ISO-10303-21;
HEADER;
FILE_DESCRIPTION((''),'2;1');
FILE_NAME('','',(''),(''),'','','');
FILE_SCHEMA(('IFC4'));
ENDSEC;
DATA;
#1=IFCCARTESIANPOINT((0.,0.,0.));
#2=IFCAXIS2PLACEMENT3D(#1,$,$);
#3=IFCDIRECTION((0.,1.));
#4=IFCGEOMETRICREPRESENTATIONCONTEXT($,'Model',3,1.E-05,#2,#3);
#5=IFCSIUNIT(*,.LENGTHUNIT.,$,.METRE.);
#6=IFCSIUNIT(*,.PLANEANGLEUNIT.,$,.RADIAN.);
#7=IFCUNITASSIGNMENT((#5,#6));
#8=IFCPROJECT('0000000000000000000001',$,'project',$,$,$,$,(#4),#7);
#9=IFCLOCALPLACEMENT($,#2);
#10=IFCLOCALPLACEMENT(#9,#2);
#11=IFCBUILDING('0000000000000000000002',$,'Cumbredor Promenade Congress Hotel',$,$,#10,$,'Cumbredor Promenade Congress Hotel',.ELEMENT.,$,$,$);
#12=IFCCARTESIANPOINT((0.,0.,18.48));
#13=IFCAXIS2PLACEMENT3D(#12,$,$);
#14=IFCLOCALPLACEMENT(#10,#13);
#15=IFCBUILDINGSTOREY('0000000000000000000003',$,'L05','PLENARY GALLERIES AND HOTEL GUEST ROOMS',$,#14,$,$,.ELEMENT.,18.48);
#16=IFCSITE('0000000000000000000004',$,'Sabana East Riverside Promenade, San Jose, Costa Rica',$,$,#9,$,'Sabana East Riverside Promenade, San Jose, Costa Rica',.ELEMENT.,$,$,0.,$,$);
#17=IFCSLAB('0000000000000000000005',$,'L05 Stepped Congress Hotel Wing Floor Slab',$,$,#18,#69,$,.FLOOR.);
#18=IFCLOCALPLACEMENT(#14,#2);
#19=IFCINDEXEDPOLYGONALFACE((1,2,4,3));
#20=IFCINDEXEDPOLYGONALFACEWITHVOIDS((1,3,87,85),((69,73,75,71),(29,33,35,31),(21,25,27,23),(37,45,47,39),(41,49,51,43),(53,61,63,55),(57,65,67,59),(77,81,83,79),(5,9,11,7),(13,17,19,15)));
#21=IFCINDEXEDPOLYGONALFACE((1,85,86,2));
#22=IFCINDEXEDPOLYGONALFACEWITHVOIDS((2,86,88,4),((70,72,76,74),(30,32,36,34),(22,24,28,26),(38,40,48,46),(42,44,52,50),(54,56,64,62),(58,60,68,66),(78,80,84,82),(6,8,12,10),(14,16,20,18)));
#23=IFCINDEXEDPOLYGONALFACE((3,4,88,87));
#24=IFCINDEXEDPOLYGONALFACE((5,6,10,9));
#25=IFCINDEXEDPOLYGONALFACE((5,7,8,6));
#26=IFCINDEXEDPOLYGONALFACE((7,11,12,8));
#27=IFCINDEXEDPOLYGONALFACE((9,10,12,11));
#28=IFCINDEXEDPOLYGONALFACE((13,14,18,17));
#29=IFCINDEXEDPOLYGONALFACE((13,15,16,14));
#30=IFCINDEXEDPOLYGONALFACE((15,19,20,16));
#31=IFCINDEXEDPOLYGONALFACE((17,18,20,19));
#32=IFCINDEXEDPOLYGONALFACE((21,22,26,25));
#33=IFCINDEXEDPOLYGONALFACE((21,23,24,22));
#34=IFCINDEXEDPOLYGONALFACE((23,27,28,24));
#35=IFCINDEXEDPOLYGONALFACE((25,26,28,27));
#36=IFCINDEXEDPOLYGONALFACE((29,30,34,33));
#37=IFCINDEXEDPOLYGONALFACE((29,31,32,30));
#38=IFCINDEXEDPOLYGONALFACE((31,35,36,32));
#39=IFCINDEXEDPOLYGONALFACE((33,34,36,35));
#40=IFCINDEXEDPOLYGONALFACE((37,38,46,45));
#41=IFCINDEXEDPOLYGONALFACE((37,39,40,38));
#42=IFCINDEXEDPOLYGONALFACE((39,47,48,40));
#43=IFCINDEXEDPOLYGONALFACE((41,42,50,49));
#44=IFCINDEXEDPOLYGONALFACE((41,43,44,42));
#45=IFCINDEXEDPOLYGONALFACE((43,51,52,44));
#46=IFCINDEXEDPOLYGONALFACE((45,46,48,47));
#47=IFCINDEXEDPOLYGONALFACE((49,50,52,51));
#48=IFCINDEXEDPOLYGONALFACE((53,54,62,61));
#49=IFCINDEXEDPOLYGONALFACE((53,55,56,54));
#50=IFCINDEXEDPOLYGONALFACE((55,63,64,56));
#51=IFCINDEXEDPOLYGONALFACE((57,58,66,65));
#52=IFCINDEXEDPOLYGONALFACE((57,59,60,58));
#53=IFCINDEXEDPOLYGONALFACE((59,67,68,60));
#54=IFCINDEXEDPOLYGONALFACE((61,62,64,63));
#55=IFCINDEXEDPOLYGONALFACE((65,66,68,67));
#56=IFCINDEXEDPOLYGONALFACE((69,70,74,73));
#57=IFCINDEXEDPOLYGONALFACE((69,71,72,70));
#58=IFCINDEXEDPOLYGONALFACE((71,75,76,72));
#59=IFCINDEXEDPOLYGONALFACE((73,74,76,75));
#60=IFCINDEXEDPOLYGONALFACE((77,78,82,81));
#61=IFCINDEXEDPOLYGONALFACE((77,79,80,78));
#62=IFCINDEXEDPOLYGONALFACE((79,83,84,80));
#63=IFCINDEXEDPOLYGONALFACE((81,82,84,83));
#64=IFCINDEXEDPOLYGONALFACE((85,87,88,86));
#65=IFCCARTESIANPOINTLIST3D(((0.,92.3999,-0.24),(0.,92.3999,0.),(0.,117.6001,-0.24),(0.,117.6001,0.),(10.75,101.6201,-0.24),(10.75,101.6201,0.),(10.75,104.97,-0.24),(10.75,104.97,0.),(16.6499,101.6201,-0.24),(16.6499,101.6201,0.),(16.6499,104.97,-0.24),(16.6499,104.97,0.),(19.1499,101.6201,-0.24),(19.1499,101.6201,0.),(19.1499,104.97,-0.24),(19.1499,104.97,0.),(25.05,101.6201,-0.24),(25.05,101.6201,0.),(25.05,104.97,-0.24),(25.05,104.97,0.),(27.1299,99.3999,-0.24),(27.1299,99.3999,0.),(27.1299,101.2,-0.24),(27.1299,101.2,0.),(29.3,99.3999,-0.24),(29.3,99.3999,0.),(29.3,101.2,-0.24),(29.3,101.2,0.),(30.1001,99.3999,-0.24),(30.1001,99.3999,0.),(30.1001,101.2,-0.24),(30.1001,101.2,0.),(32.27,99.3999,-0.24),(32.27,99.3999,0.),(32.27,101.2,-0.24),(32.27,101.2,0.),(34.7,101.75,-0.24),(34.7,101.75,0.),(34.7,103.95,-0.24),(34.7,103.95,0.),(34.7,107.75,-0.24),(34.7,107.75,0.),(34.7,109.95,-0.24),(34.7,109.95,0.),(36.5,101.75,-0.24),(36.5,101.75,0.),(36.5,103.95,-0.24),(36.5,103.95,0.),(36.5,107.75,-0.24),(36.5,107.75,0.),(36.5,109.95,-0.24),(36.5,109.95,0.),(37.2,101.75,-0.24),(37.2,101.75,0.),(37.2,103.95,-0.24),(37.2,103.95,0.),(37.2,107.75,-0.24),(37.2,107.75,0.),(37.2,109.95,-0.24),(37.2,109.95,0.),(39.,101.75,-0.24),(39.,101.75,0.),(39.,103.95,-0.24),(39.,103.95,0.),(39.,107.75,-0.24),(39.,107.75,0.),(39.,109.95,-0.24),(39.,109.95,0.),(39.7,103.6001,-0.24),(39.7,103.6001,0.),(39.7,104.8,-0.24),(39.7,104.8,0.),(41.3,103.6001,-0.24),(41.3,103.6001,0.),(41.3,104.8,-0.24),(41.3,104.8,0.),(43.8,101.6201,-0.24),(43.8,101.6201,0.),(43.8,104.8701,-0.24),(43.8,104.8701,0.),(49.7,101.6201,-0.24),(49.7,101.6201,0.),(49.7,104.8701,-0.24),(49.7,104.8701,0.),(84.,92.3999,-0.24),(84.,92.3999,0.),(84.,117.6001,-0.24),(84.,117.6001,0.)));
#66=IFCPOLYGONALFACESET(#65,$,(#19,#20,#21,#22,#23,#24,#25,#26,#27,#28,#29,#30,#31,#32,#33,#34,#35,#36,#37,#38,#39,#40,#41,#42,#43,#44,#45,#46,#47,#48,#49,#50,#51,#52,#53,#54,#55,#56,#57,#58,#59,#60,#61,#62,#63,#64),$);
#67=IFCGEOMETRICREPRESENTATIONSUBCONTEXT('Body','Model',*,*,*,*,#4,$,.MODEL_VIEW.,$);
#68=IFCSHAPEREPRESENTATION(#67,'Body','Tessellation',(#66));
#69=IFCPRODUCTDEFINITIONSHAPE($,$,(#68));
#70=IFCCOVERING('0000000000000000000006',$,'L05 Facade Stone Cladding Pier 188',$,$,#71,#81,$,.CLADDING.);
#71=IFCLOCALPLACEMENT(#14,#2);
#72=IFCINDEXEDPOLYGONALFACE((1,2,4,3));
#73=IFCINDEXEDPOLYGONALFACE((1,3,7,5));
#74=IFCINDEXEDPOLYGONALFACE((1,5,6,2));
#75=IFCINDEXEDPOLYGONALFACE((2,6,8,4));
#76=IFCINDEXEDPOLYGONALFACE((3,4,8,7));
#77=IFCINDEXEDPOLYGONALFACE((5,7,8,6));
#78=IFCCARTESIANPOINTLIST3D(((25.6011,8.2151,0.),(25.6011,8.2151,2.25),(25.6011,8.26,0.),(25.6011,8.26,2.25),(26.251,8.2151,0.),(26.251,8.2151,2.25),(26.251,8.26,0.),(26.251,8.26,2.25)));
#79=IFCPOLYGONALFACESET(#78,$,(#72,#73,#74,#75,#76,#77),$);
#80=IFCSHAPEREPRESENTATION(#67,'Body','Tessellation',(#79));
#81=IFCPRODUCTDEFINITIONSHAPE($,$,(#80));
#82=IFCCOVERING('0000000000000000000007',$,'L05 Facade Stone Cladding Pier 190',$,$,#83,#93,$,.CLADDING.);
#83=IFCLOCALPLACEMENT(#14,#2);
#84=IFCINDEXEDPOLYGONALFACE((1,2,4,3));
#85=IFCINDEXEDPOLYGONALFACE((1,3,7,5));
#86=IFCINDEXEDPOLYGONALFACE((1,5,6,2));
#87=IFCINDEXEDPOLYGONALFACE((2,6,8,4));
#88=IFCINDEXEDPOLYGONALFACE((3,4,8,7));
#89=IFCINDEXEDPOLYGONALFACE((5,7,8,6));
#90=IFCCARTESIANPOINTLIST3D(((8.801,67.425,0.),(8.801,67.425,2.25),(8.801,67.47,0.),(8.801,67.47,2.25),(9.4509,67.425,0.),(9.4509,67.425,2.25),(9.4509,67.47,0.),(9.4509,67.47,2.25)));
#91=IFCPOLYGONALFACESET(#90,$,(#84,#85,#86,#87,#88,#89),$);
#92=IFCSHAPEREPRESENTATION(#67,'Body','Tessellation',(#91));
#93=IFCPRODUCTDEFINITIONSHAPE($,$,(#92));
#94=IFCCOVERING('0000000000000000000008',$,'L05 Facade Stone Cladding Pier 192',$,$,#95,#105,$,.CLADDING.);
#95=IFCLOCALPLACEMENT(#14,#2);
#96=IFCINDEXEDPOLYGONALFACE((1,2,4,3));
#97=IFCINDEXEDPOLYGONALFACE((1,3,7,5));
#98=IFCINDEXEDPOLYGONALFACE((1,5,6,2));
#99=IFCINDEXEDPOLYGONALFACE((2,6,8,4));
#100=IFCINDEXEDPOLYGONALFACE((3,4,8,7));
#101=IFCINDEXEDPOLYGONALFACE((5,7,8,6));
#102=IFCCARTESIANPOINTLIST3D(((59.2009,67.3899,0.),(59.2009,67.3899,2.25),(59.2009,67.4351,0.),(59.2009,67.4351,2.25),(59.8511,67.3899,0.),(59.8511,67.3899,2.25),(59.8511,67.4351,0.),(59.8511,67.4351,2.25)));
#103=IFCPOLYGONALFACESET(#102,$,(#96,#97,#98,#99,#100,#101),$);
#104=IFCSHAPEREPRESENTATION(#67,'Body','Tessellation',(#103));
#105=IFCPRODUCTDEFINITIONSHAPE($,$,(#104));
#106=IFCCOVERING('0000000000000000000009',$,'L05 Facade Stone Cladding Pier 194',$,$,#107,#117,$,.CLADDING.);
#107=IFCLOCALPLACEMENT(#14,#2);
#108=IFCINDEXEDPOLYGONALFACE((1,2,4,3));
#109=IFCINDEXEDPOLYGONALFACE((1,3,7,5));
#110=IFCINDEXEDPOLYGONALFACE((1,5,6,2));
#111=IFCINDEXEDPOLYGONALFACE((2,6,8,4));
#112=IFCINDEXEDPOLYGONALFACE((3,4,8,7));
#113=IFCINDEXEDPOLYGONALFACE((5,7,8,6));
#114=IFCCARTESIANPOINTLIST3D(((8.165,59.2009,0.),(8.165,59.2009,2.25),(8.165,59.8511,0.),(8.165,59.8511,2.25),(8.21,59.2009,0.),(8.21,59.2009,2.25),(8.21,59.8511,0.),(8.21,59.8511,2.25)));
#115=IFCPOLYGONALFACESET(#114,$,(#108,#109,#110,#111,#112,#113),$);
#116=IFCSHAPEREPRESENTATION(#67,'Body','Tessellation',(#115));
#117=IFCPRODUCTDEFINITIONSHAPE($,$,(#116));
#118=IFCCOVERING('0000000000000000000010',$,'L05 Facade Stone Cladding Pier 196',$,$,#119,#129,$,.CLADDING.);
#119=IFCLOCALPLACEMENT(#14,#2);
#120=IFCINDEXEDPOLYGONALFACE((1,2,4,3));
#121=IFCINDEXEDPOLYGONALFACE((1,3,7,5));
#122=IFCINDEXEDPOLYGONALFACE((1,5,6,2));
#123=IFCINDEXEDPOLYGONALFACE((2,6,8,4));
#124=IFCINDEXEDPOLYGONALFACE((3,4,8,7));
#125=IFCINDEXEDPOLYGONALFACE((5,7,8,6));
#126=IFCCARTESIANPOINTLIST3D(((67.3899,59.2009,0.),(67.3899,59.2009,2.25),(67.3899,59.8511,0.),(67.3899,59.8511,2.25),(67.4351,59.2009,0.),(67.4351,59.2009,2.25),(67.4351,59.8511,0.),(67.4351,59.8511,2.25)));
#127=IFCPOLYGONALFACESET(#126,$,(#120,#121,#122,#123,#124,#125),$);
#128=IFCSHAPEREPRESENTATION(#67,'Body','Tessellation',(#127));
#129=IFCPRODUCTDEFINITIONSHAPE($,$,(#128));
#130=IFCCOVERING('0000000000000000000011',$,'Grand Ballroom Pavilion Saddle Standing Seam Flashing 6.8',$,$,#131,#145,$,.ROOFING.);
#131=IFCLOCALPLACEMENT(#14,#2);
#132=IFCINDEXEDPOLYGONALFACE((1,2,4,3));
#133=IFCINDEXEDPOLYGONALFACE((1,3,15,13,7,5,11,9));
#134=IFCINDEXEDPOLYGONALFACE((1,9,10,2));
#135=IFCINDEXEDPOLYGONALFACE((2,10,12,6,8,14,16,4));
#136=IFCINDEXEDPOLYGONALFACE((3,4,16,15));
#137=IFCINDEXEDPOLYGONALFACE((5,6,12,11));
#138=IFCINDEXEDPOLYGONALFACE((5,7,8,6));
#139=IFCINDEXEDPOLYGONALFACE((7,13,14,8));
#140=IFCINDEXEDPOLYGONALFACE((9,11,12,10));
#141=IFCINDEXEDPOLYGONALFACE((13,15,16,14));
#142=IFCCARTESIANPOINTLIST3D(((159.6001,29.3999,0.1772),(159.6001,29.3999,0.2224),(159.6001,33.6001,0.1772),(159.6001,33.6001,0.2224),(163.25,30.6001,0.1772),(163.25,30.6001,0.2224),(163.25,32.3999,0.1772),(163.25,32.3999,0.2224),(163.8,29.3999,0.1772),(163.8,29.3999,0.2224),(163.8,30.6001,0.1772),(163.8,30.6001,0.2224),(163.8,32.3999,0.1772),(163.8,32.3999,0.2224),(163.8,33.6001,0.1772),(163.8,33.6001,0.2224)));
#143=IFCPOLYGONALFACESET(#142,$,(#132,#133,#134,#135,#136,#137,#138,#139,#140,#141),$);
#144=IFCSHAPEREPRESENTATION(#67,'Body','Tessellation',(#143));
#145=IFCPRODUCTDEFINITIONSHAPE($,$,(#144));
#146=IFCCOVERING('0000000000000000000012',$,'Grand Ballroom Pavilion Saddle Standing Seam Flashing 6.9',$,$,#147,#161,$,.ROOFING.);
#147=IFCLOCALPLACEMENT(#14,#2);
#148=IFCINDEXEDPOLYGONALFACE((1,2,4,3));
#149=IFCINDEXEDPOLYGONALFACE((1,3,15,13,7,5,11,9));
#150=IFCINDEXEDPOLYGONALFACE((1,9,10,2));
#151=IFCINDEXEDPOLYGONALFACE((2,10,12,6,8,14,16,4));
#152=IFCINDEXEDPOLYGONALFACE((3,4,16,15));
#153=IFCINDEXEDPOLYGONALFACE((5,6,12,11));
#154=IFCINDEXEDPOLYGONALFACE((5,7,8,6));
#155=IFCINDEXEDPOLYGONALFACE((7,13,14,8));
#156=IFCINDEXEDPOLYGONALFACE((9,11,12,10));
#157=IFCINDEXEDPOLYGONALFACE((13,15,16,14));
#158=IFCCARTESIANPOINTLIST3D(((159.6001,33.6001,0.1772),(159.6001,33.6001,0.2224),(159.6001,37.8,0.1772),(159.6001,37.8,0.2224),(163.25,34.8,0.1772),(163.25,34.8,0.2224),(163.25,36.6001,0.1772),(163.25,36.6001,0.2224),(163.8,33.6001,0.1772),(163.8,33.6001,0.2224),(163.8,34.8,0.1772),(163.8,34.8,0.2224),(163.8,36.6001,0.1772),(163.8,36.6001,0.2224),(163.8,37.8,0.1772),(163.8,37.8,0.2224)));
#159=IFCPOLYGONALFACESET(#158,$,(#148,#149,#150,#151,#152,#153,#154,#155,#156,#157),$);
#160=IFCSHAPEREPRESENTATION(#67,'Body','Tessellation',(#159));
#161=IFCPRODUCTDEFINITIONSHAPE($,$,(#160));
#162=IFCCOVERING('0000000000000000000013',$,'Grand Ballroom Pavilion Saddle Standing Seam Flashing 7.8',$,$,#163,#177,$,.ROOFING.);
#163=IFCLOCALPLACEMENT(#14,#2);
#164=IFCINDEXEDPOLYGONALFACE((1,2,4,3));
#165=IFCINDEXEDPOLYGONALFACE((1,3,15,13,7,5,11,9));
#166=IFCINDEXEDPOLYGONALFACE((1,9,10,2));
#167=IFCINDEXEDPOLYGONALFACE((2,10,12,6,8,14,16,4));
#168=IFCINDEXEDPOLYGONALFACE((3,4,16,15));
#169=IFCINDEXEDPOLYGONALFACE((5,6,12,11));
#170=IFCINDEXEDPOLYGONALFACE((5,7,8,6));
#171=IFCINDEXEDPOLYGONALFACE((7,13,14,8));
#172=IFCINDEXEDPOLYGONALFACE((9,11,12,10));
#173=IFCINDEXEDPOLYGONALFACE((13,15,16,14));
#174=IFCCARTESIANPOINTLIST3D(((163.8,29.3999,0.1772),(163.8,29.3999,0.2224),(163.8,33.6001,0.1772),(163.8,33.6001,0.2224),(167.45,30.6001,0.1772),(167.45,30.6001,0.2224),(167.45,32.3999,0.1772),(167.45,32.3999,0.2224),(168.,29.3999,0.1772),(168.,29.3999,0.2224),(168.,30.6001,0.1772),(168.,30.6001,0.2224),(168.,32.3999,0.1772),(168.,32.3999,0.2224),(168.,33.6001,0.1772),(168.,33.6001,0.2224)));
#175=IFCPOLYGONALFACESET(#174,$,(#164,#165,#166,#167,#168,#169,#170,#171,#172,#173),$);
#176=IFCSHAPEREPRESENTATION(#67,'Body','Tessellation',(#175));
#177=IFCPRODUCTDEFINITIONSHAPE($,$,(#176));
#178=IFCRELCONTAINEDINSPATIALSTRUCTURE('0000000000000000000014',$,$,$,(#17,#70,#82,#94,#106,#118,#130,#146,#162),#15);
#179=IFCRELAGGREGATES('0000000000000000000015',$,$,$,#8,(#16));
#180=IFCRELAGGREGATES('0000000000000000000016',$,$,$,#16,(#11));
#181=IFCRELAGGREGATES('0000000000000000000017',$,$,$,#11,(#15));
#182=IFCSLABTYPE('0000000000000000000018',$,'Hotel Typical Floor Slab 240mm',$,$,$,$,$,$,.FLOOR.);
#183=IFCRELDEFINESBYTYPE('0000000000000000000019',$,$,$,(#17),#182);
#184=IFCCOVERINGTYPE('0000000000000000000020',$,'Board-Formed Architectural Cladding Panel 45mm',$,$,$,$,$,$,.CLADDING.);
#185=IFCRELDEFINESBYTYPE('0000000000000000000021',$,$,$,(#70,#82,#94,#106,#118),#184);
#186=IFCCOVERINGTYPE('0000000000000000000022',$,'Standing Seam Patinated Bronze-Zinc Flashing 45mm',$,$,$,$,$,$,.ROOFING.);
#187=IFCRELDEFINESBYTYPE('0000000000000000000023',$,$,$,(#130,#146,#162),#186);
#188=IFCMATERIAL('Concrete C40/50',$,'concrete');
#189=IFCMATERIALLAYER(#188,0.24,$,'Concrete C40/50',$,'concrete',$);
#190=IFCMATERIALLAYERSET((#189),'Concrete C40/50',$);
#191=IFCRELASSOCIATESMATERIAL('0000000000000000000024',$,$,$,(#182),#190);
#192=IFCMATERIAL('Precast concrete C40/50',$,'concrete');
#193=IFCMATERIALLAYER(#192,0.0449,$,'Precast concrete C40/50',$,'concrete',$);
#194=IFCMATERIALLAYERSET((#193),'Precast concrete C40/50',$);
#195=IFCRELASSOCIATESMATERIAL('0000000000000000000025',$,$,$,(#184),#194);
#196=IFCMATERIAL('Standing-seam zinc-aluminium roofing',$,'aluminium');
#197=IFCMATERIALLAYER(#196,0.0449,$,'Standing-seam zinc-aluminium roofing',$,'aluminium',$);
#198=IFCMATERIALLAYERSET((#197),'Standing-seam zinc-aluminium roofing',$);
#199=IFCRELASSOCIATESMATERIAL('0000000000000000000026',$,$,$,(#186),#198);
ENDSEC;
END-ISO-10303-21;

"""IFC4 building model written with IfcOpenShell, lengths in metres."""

from ifc_helpers import new_model, si_unit, direction, frame, origin, place, context, subcontext, project, spatial, polyline, outline, extrude, material, layer, layer_set, type_object, element, save


model = new_model("IFC4")

# Units and contexts
model_context = context("Model", 3, precision=1e-05, world=origin(), true_north=direction((0.0, 1.0)))
body_context = subcontext(model_context, "Body", "Model", "MODEL_VIEW")
ifc_project = project(units=[si_unit("LENGTHUNIT", "METRE"), si_unit("PLANEANGLEUNIT", "RADIAN")], contexts=[model_context])

# Site, building, storey
site_placement = place(None, origin())
site = spatial("IfcSite", under=ifc_project, at=site_placement, Name="Sabana East Riverside Promenade, San Jose, Costa Rica", LongName="Sabana East Riverside Promenade, San Jose, Costa Rica", CompositionType="ELEMENT", RefElevation=0.0)
building_placement = place(site_placement, origin())
building = spatial("IfcBuilding", under=site, at=building_placement, Name="Cumbredor Promenade Congress Hotel", LongName="Cumbredor Promenade Congress Hotel", CompositionType="ELEMENT")
storey_placement = place(building_placement, frame((0.0, 0.0, 18.48)))
storey = spatial("IfcBuildingStorey", under=building, at=storey_placement, Name="L05", Description="PLENARY GALLERIES AND HOTEL GUEST ROOMS", CompositionType="ELEMENT", Elevation=18.48)

# Slab
ifc_material_1 = material(Name="Concrete C40/50", Category="concrete")
ifc_layer_1 = layer(ifc_material_1, 0.24, Name="Concrete C40/50", Category="concrete")
ifc_layer_set_1 = layer_set([ifc_layer_1], Name="Concrete C40/50")
slab_type_1 = type_object("IfcSlabType", Name="Hotel Typical Floor Slab 240mm", PredefinedType="FLOOR", material=ifc_layer_set_1)
slab_1_placement = place(storey_placement, frame((0.0, 0.0, -0.24)))
element("IfcSlab", 1, at=slab_1_placement, inside=storey, type_object=slab_type_1, Name="L05 Stepped Congress Hotel Wing Floor Slab", PredefinedType="FLOOR", context=body_context, shape_type="SweptSolid", body=[
    extrude(outline(polyline([(0.0, 92.3999), (84.0, 92.3999), (84.0, 117.6001), (0.0, 117.6001), (0.0, 92.3999)]), holes=[polyline([(10.75, 101.6201), (16.6499, 101.6201), (16.6499, 104.97), (10.75, 104.97), (10.75, 101.6201)]), polyline([(19.1499, 101.6201), (25.05, 101.6201), (25.05, 104.97), (19.1499, 104.97), (19.1499, 101.6201)]), polyline([(43.8, 101.6201), (49.7, 101.6201), (49.7, 104.8701), (43.8, 104.8701), (43.8, 101.6201)]), polyline([(27.1299, 99.3999), (29.3, 99.3999), (29.3, 101.2), (27.1299, 101.2), (27.1299, 99.3999)]), polyline([(30.1001, 99.3999), (32.27, 99.3999), (32.27, 101.2), (30.1001, 101.2), (30.1001, 99.3999)]), polyline([(34.7, 107.75), (36.5, 107.75), (36.5, 109.95), (34.7, 109.95), (34.7, 107.75)]), polyline([(37.2, 107.75), (39.0, 107.75), (39.0, 109.95), (37.2, 109.95), (37.2, 107.75)]), polyline([(34.7, 101.75), (36.5, 101.75), (36.5, 103.95), (34.7, 103.95), (34.7, 101.75)]), polyline([(37.2, 101.75), (39.0, 101.75), (39.0, 103.95), (37.2, 103.95), (37.2, 101.75)]), polyline([(39.7, 103.6001), (41.3, 103.6001), (41.3, 104.8), (39.7, 104.8), (39.7, 103.6001)])]), origin(), (0.0, 0.0, 1.0), 0.24),
])

# Coverings
ifc_material_2 = material(Name="Precast concrete C40/50", Category="concrete")
ifc_layer_2 = layer(ifc_material_2, 0.0449, Name="Precast concrete C40/50", Category="concrete")
ifc_layer_set_2 = layer_set([ifc_layer_2], Name="Precast concrete C40/50")
covering_type_1 = type_object("IfcCoveringType", Name="Board-Formed Architectural Cladding Panel 45mm", PredefinedType="CLADDING", material=ifc_layer_set_2)
covering_1_placement = place(storey_placement, origin())
element("IfcCovering", 2, at=covering_1_placement, inside=storey, type_object=covering_type_1, Name="L05 Facade Stone Cladding Pier 188", PredefinedType="CLADDING", context=body_context, shape_type="SweptSolid", body=[
    extrude(outline(polyline([(25.6011, 8.26), (26.251, 8.26), (26.251, 8.2151), (25.6011, 8.2151), (25.6011, 8.26)])), origin(), (0.0, 0.0, 1.0), 2.25),
])
covering_2_placement = place(storey_placement, origin())
element("IfcCovering", 3, at=covering_2_placement, inside=storey, type_object=covering_type_1, Name="L05 Facade Stone Cladding Pier 190", PredefinedType="CLADDING", context=body_context, shape_type="SweptSolid", body=[
    extrude(outline(polyline([(8.801, 67.425), (9.4509, 67.425), (9.4509, 67.47), (8.801, 67.47), (8.801, 67.425)])), origin(), (0.0, 0.0, 1.0), 2.25),
])
covering_3_placement = place(storey_placement, origin())
element("IfcCovering", 4, at=covering_3_placement, inside=storey, type_object=covering_type_1, Name="L05 Facade Stone Cladding Pier 192", PredefinedType="CLADDING", context=body_context, shape_type="SweptSolid", body=[
    extrude(outline(polyline([(59.2009, 67.3899), (59.8511, 67.3899), (59.8511, 67.4351), (59.2009, 67.4351), (59.2009, 67.3899)])), origin(), (0.0, 0.0, 1.0), 2.25),
])
covering_4_placement = place(storey_placement, origin())
element("IfcCovering", 5, at=covering_4_placement, inside=storey, type_object=covering_type_1, Name="L05 Facade Stone Cladding Pier 194", PredefinedType="CLADDING", context=body_context, shape_type="SweptSolid", body=[
    extrude(outline(polyline([(8.21, 59.2009), (8.21, 59.8511), (8.165, 59.8511), (8.165, 59.2009), (8.21, 59.2009)])), origin(), (0.0, 0.0, 1.0), 2.25),
])
covering_5_placement = place(storey_placement, origin())
element("IfcCovering", 6, at=covering_5_placement, inside=storey, type_object=covering_type_1, Name="L05 Facade Stone Cladding Pier 196", PredefinedType="CLADDING", context=body_context, shape_type="SweptSolid", body=[
    extrude(outline(polyline([(67.3899, 59.2009), (67.3899, 59.8511), (67.4351, 59.8511), (67.4351, 59.2009), (67.3899, 59.2009)])), origin(), (0.0, 0.0, 1.0), 2.25),
])
ifc_material_3 = material(Name="Standing-seam zinc-aluminium roofing", Category="aluminium")
ifc_layer_3 = layer(ifc_material_3, 0.0449, Name="Standing-seam zinc-aluminium roofing", Category="aluminium")
ifc_layer_set_3 = layer_set([ifc_layer_3], Name="Standing-seam zinc-aluminium roofing")
covering_type_2 = type_object("IfcCoveringType", Name="Standing Seam Patinated Bronze-Zinc Flashing 45mm", PredefinedType="ROOFING", material=ifc_layer_set_3)
covering_6_placement = place(storey_placement, frame((0.0, 0.0, 0.1772)))
element("IfcCovering", 7, at=covering_6_placement, inside=storey, type_object=covering_type_2, Name="Grand Ballroom Pavilion Saddle Standing Seam Flashing 6.8", PredefinedType="ROOFING", context=body_context, shape_type="SweptSolid", body=[
    extrude(outline(polyline([(159.6001, 29.3999), (163.8, 29.3999), (163.8, 30.6001), (163.25, 30.6001), (163.25, 32.3999), (163.8, 32.3999), (163.8, 33.6001), (159.6001, 33.6001), (159.6001, 29.3999)])), origin(), (0.0, 0.0, 1.0), 0.0452),
])
covering_7_placement = place(storey_placement, frame((0.0, 0.0, 0.1772)))
element("IfcCovering", 8, at=covering_7_placement, inside=storey, type_object=covering_type_2, Name="Grand Ballroom Pavilion Saddle Standing Seam Flashing 6.9", PredefinedType="ROOFING", context=body_context, shape_type="SweptSolid", body=[
    extrude(outline(polyline([(159.6001, 33.6001), (163.8, 33.6001), (163.8, 34.8), (163.25, 34.8), (163.25, 36.6001), (163.8, 36.6001), (163.8, 37.8), (159.6001, 37.8), (159.6001, 33.6001)])), origin(), (0.0, 0.0, 1.0), 0.0452),
])
covering_8_placement = place(storey_placement, frame((0.0, 0.0, 0.1772)))
element("IfcCovering", 9, at=covering_8_placement, inside=storey, type_object=covering_type_2, Name="Grand Ballroom Pavilion Saddle Standing Seam Flashing 7.8", PredefinedType="ROOFING", context=body_context, shape_type="SweptSolid", body=[
    extrude(outline(polyline([(163.8, 29.3999), (168.0, 29.3999), (168.0, 30.6001), (167.45, 30.6001), (167.45, 32.3999), (168.0, 32.3999), (168.0, 33.6001), (163.8, 33.6001), (163.8, 29.3999)])), origin(), (0.0, 0.0, 1.0), 0.0452),
])

save(model, "model.ifc")
